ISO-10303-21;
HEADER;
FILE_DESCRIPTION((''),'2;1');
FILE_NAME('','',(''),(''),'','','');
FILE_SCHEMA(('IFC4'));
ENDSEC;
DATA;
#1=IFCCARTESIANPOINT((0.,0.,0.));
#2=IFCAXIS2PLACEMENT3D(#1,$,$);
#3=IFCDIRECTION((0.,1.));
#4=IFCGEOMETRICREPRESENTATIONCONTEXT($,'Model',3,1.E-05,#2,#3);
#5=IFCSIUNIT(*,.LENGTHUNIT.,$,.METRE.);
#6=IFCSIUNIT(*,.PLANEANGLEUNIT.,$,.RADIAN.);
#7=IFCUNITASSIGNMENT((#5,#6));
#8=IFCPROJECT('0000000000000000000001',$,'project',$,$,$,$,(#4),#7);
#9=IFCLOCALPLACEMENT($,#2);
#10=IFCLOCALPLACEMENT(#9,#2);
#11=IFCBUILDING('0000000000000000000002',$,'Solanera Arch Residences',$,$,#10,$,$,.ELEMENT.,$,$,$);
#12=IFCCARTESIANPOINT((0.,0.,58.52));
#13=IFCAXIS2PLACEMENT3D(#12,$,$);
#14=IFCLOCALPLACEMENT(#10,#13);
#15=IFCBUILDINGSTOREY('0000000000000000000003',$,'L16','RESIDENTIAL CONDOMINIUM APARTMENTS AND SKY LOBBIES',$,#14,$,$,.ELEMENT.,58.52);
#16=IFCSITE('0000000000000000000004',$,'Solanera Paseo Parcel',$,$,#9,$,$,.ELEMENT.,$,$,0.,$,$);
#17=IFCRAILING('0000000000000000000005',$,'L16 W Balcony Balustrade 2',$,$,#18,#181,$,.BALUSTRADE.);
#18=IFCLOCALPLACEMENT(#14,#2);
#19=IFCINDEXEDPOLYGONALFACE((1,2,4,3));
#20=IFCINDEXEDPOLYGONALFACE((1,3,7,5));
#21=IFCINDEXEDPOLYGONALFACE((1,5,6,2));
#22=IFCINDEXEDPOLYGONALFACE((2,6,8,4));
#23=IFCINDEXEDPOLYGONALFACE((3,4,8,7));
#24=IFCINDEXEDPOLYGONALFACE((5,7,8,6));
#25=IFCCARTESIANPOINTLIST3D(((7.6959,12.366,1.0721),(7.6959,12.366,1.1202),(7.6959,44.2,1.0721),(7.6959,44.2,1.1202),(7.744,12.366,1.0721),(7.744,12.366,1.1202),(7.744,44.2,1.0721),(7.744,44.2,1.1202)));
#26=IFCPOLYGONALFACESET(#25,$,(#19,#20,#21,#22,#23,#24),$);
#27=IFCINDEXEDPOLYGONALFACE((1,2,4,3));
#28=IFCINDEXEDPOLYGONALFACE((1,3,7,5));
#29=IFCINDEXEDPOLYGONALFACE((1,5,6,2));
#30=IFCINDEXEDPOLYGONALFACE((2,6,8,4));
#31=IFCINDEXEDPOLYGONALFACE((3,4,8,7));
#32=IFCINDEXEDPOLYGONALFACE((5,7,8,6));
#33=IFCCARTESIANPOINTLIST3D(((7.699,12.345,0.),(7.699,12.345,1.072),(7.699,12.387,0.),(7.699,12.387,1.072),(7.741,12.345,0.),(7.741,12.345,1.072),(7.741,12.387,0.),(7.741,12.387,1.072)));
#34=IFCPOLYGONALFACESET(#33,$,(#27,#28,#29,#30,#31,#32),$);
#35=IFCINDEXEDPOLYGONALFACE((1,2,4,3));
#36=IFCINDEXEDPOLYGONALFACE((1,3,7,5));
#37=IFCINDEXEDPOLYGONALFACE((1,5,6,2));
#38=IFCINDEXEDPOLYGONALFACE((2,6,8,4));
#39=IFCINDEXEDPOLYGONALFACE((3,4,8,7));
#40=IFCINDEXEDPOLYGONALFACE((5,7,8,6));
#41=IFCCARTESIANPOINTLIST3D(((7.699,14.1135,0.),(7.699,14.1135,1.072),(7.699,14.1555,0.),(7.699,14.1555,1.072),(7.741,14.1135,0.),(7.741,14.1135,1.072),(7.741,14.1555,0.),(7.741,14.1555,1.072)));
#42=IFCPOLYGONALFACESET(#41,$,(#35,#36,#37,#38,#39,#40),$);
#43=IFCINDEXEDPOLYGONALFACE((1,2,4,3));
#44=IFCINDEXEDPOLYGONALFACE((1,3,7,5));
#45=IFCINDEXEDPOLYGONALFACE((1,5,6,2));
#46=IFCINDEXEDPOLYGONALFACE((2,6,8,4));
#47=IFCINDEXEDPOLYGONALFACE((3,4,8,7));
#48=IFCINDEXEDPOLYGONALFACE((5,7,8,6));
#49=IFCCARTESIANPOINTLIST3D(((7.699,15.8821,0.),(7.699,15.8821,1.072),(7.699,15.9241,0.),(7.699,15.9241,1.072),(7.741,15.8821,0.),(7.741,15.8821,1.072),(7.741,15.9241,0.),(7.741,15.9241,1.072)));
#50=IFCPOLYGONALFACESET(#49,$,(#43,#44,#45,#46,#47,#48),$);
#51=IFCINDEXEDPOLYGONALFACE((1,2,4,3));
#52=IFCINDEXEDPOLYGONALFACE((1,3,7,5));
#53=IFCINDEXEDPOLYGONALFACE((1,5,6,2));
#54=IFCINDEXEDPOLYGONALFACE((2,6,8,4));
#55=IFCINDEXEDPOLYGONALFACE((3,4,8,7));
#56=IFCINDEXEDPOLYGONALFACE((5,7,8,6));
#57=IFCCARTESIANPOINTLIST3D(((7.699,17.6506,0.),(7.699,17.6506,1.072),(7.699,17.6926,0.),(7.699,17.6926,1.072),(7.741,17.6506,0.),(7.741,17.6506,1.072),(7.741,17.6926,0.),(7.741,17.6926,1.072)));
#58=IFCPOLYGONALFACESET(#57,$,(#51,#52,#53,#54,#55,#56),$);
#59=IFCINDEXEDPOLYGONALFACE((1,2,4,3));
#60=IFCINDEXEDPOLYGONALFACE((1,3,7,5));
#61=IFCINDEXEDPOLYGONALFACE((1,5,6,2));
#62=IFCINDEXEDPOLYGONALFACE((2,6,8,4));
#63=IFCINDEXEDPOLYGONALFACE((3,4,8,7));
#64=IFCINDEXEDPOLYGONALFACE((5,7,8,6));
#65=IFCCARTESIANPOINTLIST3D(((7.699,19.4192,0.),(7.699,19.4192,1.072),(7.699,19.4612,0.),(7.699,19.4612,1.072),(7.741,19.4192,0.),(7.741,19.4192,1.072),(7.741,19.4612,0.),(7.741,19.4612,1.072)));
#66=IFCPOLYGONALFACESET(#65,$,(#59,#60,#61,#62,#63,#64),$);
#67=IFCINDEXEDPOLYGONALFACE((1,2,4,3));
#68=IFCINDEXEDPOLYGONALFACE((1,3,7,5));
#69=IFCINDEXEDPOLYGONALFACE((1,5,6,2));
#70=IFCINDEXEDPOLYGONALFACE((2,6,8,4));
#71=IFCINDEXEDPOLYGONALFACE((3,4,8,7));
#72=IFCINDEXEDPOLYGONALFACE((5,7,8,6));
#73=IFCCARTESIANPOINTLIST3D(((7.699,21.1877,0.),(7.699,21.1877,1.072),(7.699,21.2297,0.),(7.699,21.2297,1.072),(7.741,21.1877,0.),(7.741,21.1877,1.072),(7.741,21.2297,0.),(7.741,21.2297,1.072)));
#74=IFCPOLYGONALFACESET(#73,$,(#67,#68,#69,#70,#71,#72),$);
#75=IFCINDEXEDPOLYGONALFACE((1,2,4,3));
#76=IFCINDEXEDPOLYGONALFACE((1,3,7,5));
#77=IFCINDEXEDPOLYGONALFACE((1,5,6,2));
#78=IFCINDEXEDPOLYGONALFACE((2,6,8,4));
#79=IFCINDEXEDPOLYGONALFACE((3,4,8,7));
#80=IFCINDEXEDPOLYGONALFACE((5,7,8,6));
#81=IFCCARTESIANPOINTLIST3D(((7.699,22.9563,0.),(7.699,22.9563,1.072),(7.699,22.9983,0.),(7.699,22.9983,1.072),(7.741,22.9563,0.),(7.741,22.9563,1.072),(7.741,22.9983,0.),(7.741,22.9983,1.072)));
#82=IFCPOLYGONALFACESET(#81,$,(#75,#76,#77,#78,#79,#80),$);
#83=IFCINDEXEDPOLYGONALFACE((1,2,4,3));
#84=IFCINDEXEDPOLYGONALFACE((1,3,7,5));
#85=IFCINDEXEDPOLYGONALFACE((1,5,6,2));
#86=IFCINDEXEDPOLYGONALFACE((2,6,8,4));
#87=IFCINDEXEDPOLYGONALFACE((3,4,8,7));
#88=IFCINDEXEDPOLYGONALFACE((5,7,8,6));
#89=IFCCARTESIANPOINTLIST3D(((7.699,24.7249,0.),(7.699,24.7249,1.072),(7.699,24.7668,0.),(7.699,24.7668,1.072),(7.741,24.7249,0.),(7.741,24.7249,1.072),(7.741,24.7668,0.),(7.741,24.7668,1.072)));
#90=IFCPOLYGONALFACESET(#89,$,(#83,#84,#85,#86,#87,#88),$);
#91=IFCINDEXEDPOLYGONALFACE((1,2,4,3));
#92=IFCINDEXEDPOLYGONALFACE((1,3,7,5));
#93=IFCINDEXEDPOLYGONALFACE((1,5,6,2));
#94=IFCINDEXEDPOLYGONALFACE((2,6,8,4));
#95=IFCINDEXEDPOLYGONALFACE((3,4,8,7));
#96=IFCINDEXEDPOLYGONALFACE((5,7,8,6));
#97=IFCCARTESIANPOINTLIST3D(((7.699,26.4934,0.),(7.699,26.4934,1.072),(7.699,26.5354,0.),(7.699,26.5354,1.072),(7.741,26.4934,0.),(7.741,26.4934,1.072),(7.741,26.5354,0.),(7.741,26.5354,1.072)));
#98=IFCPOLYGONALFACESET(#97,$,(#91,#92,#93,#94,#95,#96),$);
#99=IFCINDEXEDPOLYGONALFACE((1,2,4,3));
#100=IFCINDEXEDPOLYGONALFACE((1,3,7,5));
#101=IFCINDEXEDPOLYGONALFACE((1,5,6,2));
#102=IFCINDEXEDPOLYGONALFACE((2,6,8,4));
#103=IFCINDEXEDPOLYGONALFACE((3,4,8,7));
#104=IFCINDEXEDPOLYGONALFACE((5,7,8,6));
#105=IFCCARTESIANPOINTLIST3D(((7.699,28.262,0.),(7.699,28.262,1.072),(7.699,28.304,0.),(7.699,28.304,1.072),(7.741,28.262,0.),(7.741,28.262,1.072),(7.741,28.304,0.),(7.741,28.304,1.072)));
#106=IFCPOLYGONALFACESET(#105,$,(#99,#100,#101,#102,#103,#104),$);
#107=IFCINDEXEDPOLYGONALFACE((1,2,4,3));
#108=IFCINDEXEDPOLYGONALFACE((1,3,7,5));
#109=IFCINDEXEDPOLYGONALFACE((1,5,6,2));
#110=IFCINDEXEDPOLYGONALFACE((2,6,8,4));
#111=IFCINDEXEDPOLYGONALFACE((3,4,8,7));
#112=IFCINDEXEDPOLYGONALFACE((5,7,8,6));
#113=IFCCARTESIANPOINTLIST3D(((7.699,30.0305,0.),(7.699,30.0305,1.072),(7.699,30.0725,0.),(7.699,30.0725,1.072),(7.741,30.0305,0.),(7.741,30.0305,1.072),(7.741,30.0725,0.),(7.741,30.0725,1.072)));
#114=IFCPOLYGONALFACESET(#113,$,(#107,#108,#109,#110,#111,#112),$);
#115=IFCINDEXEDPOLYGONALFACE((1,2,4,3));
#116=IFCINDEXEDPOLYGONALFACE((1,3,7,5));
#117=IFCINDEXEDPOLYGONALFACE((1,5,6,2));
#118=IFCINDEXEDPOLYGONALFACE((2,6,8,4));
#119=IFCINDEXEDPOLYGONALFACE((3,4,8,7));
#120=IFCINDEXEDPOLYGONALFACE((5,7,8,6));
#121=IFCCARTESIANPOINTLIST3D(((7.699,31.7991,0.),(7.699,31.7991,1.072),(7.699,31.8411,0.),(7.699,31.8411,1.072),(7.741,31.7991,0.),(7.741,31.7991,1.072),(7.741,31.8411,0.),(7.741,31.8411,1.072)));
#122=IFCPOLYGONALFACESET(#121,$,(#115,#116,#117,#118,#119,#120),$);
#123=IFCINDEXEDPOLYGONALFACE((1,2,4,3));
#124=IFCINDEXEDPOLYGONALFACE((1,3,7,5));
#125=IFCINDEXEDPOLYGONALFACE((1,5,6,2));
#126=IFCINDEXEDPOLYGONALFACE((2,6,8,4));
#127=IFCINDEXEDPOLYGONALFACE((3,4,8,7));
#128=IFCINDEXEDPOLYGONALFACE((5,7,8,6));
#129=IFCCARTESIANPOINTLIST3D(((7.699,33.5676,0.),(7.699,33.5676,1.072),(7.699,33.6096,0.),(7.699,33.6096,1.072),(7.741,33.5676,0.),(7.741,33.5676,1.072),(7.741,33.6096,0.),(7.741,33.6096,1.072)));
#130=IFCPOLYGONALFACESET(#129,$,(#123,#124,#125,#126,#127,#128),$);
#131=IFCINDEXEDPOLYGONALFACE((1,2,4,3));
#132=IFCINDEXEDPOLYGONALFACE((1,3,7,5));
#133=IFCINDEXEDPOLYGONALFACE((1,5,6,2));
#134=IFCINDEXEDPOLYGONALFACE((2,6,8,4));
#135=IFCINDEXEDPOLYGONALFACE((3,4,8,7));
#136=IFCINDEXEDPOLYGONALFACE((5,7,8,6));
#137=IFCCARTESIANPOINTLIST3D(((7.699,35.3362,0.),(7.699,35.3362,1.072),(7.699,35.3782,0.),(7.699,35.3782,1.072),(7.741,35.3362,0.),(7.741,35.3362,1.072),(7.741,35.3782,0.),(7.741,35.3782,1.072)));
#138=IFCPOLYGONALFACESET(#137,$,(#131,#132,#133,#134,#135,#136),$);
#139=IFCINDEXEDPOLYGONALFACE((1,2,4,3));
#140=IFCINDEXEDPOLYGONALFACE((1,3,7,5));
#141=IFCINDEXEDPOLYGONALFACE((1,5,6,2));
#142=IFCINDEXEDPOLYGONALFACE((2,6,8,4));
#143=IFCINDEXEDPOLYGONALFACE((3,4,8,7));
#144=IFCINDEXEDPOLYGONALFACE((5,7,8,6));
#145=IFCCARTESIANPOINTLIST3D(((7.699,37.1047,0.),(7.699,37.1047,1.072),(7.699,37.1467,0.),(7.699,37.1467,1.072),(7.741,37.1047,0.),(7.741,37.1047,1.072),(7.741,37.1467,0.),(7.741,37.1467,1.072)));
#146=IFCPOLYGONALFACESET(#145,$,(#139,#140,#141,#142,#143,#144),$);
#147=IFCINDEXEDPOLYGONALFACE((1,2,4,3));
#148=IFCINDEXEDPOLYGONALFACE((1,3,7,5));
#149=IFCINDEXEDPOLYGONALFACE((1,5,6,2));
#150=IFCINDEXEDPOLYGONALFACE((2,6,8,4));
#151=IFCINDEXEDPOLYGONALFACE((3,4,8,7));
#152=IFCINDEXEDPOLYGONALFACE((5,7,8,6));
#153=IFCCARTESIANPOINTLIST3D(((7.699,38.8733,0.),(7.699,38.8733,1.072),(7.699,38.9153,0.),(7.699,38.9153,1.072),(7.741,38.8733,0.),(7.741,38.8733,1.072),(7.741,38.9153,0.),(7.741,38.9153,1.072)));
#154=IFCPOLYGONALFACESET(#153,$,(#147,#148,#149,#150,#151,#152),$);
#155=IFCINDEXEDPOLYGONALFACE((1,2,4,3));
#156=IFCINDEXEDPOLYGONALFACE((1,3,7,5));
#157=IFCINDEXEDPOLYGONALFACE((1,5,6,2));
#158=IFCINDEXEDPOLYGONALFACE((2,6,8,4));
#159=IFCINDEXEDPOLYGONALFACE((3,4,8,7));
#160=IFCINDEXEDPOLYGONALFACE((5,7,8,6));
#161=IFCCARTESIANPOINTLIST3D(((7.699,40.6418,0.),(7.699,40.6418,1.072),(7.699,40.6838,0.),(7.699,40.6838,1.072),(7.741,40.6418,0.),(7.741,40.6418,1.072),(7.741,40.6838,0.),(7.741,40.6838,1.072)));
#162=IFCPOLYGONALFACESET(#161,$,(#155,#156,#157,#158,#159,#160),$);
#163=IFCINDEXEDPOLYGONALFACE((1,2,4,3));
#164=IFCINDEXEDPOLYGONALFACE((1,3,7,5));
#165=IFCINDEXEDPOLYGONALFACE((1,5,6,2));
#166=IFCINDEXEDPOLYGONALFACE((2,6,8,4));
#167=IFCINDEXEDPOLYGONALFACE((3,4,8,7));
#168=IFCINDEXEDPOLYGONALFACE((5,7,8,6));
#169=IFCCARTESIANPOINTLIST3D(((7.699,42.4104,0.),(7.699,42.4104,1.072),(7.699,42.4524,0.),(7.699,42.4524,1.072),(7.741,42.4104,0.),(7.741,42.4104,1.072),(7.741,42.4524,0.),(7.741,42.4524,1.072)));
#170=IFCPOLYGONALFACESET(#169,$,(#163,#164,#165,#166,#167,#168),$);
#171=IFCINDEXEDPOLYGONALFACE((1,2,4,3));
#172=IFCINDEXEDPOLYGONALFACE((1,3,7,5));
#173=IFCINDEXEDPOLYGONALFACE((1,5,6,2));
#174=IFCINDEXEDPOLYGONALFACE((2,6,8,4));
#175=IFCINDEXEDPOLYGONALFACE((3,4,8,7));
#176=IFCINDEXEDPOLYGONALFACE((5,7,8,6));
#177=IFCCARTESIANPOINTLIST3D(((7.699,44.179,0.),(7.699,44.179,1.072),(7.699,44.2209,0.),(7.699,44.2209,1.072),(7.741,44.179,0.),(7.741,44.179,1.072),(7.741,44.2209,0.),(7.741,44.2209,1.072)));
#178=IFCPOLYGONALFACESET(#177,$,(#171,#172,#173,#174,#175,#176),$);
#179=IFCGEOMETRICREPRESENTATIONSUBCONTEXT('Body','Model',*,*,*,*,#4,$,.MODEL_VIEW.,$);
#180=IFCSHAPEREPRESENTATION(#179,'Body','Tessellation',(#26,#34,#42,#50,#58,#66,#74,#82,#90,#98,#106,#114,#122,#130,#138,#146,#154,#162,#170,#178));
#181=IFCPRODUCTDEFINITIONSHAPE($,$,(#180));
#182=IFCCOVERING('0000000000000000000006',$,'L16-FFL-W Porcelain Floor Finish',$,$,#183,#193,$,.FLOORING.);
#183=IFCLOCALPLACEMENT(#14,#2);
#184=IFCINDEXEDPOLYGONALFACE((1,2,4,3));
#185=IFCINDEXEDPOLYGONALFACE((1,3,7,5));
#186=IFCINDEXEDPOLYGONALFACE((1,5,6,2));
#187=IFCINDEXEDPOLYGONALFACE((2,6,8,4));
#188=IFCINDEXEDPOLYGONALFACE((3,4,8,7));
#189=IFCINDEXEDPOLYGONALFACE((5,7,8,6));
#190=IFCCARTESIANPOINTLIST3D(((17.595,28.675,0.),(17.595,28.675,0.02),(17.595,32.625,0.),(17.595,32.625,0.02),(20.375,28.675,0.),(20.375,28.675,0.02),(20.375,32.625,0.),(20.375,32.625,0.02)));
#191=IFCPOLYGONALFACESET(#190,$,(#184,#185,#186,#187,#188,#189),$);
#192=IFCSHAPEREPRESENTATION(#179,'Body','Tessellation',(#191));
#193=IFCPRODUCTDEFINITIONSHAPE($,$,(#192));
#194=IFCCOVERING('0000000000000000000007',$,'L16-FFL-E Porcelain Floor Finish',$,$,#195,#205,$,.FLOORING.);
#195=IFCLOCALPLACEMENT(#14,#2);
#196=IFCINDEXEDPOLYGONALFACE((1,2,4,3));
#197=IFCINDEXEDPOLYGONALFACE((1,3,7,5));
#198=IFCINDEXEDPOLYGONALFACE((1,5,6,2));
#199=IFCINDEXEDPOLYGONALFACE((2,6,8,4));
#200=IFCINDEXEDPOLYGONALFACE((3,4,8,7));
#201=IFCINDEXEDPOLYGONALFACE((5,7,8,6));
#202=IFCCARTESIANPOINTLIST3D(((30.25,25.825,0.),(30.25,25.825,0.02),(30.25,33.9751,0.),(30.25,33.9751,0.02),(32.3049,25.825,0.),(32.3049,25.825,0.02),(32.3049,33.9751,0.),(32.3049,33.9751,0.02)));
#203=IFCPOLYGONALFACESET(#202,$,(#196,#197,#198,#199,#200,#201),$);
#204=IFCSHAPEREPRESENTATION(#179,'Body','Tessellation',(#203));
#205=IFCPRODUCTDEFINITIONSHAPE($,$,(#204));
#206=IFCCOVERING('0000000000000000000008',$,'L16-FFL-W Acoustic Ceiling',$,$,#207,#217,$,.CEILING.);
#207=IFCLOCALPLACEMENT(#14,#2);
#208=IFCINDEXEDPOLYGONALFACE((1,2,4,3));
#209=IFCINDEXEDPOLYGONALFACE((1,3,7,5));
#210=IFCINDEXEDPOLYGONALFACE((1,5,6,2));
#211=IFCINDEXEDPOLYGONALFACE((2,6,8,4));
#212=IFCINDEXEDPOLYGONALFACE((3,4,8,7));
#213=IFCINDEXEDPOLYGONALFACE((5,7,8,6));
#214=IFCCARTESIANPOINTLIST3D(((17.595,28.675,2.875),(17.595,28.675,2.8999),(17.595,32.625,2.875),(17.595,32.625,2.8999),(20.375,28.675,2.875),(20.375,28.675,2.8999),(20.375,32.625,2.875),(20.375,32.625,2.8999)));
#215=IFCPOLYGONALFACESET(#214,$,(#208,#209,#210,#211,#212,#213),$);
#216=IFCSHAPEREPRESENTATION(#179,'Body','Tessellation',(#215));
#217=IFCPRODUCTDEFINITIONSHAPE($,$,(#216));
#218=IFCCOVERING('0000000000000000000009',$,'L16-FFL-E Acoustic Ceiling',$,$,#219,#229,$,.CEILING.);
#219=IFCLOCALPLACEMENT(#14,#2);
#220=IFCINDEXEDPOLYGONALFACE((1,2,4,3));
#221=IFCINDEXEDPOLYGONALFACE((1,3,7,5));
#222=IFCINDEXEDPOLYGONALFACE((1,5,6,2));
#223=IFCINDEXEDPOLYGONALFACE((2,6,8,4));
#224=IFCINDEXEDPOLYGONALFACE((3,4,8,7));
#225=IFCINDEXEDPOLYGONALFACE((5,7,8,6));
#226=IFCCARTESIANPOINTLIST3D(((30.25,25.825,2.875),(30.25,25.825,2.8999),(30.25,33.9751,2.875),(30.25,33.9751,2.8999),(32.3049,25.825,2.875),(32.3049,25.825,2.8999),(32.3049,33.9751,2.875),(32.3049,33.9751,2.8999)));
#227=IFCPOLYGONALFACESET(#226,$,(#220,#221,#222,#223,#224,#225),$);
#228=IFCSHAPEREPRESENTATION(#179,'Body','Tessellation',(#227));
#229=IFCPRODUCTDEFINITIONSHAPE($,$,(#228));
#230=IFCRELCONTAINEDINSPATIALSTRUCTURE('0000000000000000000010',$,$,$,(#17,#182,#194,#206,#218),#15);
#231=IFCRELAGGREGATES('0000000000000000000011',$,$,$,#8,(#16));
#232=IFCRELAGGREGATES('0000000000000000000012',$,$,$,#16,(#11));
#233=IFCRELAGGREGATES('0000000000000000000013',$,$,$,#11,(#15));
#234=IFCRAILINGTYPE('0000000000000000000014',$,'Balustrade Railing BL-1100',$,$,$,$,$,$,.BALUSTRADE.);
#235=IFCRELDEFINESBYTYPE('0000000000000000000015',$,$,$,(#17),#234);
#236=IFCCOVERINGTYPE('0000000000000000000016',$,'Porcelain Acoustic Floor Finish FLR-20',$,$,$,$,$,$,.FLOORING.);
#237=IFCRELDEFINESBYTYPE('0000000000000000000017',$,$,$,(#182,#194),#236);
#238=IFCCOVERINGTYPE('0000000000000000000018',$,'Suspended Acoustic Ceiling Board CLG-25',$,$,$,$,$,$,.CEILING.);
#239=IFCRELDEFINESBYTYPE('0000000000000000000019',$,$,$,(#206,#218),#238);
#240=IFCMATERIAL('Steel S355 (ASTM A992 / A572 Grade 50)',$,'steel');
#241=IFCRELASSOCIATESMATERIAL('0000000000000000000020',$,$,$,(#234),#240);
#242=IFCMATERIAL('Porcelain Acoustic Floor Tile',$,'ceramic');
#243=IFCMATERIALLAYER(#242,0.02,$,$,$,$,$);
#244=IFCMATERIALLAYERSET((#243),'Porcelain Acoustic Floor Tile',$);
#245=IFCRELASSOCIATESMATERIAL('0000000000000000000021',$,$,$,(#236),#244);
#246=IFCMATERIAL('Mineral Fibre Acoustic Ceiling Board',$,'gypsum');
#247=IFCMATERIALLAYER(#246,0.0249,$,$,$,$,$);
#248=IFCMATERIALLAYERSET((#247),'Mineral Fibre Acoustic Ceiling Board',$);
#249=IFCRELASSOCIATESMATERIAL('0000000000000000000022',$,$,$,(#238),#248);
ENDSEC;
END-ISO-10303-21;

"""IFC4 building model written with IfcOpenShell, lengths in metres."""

from ifc_helpers import new_model, si_unit, direction, frame, origin, origin_2d, place, context, subcontext, project, spatial, polyline, rectangle, outline, extrude, material, layer, layer_set, type_object, element, save


model = new_model("IFC4")

# Units and contexts
model_context = context("Model", 3, precision=1e-05, world=origin(), true_north=direction((0.0, 1.0)))
body_context = subcontext(model_context, "Body", "Model", "MODEL_VIEW")
ifc_project = project(units=[si_unit("LENGTHUNIT", "METRE"), si_unit("PLANEANGLEUNIT", "RADIAN")], contexts=[model_context])

# Site, building, storey
site_placement = place(None, origin())
site = spatial("IfcSite", under=ifc_project, at=site_placement, Name="Solanera Paseo Parcel", CompositionType="ELEMENT", RefElevation=0.0)
building_placement = place(site_placement, origin())
building = spatial("IfcBuilding", under=site, at=building_placement, Name="Solanera Arch Residences", CompositionType="ELEMENT")
storey_placement = place(building_placement, frame((0.0, 0.0, 58.52)))
storey = spatial("IfcBuildingStorey", under=building, at=storey_placement, Name="L16", Description="RESIDENTIAL CONDOMINIUM APARTMENTS AND SKY LOBBIES", CompositionType="ELEMENT", Elevation=58.52)

# Railing
ifc_material_1 = material(Name="Steel S355 (ASTM A992 / A572 Grade 50)", Category="steel")
railing_type = type_object("IfcRailingType", Name="Balustrade Railing BL-1100", PredefinedType="BALUSTRADE", material=ifc_material_1)
railing_placement = place(storey_placement, frame((7.72, 12.366, 0.0)))
element("IfcRailing", 1, at=railing_placement, inside=storey, type_object=railing_type, Name="L16 W Balcony Balustrade 2", PredefinedType="BALUSTRADE", context=body_context, shape_type="SweptSolid", body=[
    extrude(rectangle(XDim=0.0481, YDim=0.0481, at=origin_2d()), frame((0.0, 0.0, 1.0962), z_axis=(0.0, 1.0, 0.0), x_axis=(-1.0, 0.0, 0.0)), (0.0, 0.0, 1.0), 31.834),
    extrude(rectangle(XDim=0.042, YDim=0.042, at=origin_2d()), origin(), (0.0, 0.0, 1.0), 1.072),
    extrude(rectangle(XDim=0.042, YDim=0.042, at=origin_2d()), frame((0.0, 1.7686, 0.0)), (0.0, 0.0, 1.0), 1.072),
    extrude(rectangle(XDim=0.042, YDim=0.042, at=origin_2d()), frame((0.0, 3.5371, 0.0)), (0.0, 0.0, 1.0), 1.072),
    extrude(rectangle(XDim=0.042, YDim=0.042, at=origin_2d()), frame((0.0, 5.3057, 0.0)), (0.0, 0.0, 1.0), 1.072),
    extrude(rectangle(XDim=0.042, YDim=0.042, at=origin_2d()), frame((0.0, 7.0742, 0.0)), (0.0, 0.0, 1.0), 1.072),
    extrude(rectangle(XDim=0.042, YDim=0.042, at=origin_2d()), frame((0.0, 8.8428, 0.0)), (0.0, 0.0, 1.0), 1.072),
    extrude(rectangle(XDim=0.042, YDim=0.042, at=origin_2d()), frame((0.0, 10.6113, 0.0)), (0.0, 0.0, 1.0), 1.072),
    extrude(rectangle(XDim=0.042, YDim=0.042, at=origin_2d()), frame((0.0, 12.3799, 0.0)), (0.0, 0.0, 1.0), 1.072),
    extrude(rectangle(XDim=0.042, YDim=0.042, at=origin_2d()), frame((0.0, 14.1484, 0.0)), (0.0, 0.0, 1.0), 1.072),
    extrude(rectangle(XDim=0.042, YDim=0.042, at=origin_2d()), frame((0.0, 15.917, 0.0)), (0.0, 0.0, 1.0), 1.072),
    extrude(rectangle(XDim=0.042, YDim=0.042, at=origin_2d()), frame((0.0, 17.6855, 0.0)), (0.0, 0.0, 1.0), 1.072),
    extrude(rectangle(XDim=0.042, YDim=0.042, at=origin_2d()), frame((0.0, 19.4541, 0.0)), (0.0, 0.0, 1.0), 1.072),
    extrude(rectangle(XDim=0.042, YDim=0.042, at=origin_2d()), frame((0.0, 21.2227, 0.0)), (0.0, 0.0, 1.0), 1.072),
    extrude(rectangle(XDim=0.042, YDim=0.042, at=origin_2d()), frame((0.0, 22.9912, 0.0)), (0.0, 0.0, 1.0), 1.072),
    extrude(rectangle(XDim=0.042, YDim=0.042, at=origin_2d()), frame((0.0, 24.7598, 0.0)), (0.0, 0.0, 1.0), 1.072),
    extrude(rectangle(XDim=0.042, YDim=0.042, at=origin_2d()), frame((0.0, 26.5283, 0.0)), (0.0, 0.0, 1.0), 1.072),
    extrude(rectangle(XDim=0.042, YDim=0.042, at=origin_2d()), frame((0.0, 28.2969, 0.0)), (0.0, 0.0, 1.0), 1.072),
    extrude(rectangle(XDim=0.042, YDim=0.042, at=origin_2d()), frame((0.0, 30.0654, 0.0)), (0.0, 0.0, 1.0), 1.072),
    extrude(rectangle(XDim=0.042, YDim=0.042, at=origin_2d()), frame((0.0, 31.834, 0.0)), (0.0, 0.0, 1.0), 1.072),
])

# Coverings
ifc_material_2 = material(Name="Porcelain Acoustic Floor Tile", Category="ceramic")
ifc_layer_1 = layer(ifc_material_2, 0.02)
ifc_layer_set_1 = layer_set([ifc_layer_1], Name="Porcelain Acoustic Floor Tile")
covering_type_1 = type_object("IfcCoveringType", Name="Porcelain Acoustic Floor Finish FLR-20", PredefinedType="FLOORING", material=ifc_layer_set_1)
covering_1_placement = place(storey_placement, origin())
element("IfcCovering", 2, at=covering_1_placement, inside=storey, type_object=covering_type_1, Name="L16-FFL-W Porcelain Floor Finish", PredefinedType="FLOORING", context=body_context, shape_type="SweptSolid", body=[
    extrude(outline(polyline([(20.375, 28.675), (17.595, 28.675), (17.595, 32.625), (20.375, 32.625), (20.375, 28.675)])), origin(), (0.0, 0.0, 1.0), 0.02),
])
covering_2_placement = place(storey_placement, origin())
element("IfcCovering", 3, at=covering_2_placement, inside=storey, type_object=covering_type_1, Name="L16-FFL-E Porcelain Floor Finish", PredefinedType="FLOORING", context=body_context, shape_type="SweptSolid", body=[
    extrude(outline(polyline([(32.3049, 25.825), (30.25, 25.825), (30.25, 33.9751), (32.3049, 33.9751), (32.3049, 25.825)])), origin(), (0.0, 0.0, 1.0), 0.02),
])
ifc_material_3 = material(Name="Mineral Fibre Acoustic Ceiling Board", Category="gypsum")
ifc_layer_2 = layer(ifc_material_3, 0.0249)
ifc_layer_set_2 = layer_set([ifc_layer_2], Name="Mineral Fibre Acoustic Ceiling Board")
covering_type_2 = type_object("IfcCoveringType", Name="Suspended Acoustic Ceiling Board CLG-25", PredefinedType="CEILING", material=ifc_layer_set_2)
covering_3_placement = place(storey_placement, frame((0.0, 0.0, 2.875)))
element("IfcCovering", 4, at=covering_3_placement, inside=storey, type_object=covering_type_2, Name="L16-FFL-W Acoustic Ceiling", PredefinedType="CEILING", context=body_context, shape_type="SweptSolid", body=[
    extrude(outline(polyline([(20.375, 28.675), (17.595, 28.675), (17.595, 32.625), (20.375, 32.625), (20.375, 28.675)])), origin(), (0.0, 0.0, 1.0), 0.0249),
])
covering_4_placement = place(storey_placement, frame((0.0, 0.0, 2.875)))
element("IfcCovering", 5, at=covering_4_placement, inside=storey, type_object=covering_type_2, Name="L16-FFL-E Acoustic Ceiling", PredefinedType="CEILING", context=body_context, shape_type="SweptSolid", body=[
    extrude(outline(polyline([(32.3049, 25.825), (30.25, 25.825), (30.25, 33.9751), (32.3049, 33.9751), (32.3049, 25.825)])), origin(), (0.0, 0.0, 1.0), 0.0249),
])

save(model, "model.ifc")
